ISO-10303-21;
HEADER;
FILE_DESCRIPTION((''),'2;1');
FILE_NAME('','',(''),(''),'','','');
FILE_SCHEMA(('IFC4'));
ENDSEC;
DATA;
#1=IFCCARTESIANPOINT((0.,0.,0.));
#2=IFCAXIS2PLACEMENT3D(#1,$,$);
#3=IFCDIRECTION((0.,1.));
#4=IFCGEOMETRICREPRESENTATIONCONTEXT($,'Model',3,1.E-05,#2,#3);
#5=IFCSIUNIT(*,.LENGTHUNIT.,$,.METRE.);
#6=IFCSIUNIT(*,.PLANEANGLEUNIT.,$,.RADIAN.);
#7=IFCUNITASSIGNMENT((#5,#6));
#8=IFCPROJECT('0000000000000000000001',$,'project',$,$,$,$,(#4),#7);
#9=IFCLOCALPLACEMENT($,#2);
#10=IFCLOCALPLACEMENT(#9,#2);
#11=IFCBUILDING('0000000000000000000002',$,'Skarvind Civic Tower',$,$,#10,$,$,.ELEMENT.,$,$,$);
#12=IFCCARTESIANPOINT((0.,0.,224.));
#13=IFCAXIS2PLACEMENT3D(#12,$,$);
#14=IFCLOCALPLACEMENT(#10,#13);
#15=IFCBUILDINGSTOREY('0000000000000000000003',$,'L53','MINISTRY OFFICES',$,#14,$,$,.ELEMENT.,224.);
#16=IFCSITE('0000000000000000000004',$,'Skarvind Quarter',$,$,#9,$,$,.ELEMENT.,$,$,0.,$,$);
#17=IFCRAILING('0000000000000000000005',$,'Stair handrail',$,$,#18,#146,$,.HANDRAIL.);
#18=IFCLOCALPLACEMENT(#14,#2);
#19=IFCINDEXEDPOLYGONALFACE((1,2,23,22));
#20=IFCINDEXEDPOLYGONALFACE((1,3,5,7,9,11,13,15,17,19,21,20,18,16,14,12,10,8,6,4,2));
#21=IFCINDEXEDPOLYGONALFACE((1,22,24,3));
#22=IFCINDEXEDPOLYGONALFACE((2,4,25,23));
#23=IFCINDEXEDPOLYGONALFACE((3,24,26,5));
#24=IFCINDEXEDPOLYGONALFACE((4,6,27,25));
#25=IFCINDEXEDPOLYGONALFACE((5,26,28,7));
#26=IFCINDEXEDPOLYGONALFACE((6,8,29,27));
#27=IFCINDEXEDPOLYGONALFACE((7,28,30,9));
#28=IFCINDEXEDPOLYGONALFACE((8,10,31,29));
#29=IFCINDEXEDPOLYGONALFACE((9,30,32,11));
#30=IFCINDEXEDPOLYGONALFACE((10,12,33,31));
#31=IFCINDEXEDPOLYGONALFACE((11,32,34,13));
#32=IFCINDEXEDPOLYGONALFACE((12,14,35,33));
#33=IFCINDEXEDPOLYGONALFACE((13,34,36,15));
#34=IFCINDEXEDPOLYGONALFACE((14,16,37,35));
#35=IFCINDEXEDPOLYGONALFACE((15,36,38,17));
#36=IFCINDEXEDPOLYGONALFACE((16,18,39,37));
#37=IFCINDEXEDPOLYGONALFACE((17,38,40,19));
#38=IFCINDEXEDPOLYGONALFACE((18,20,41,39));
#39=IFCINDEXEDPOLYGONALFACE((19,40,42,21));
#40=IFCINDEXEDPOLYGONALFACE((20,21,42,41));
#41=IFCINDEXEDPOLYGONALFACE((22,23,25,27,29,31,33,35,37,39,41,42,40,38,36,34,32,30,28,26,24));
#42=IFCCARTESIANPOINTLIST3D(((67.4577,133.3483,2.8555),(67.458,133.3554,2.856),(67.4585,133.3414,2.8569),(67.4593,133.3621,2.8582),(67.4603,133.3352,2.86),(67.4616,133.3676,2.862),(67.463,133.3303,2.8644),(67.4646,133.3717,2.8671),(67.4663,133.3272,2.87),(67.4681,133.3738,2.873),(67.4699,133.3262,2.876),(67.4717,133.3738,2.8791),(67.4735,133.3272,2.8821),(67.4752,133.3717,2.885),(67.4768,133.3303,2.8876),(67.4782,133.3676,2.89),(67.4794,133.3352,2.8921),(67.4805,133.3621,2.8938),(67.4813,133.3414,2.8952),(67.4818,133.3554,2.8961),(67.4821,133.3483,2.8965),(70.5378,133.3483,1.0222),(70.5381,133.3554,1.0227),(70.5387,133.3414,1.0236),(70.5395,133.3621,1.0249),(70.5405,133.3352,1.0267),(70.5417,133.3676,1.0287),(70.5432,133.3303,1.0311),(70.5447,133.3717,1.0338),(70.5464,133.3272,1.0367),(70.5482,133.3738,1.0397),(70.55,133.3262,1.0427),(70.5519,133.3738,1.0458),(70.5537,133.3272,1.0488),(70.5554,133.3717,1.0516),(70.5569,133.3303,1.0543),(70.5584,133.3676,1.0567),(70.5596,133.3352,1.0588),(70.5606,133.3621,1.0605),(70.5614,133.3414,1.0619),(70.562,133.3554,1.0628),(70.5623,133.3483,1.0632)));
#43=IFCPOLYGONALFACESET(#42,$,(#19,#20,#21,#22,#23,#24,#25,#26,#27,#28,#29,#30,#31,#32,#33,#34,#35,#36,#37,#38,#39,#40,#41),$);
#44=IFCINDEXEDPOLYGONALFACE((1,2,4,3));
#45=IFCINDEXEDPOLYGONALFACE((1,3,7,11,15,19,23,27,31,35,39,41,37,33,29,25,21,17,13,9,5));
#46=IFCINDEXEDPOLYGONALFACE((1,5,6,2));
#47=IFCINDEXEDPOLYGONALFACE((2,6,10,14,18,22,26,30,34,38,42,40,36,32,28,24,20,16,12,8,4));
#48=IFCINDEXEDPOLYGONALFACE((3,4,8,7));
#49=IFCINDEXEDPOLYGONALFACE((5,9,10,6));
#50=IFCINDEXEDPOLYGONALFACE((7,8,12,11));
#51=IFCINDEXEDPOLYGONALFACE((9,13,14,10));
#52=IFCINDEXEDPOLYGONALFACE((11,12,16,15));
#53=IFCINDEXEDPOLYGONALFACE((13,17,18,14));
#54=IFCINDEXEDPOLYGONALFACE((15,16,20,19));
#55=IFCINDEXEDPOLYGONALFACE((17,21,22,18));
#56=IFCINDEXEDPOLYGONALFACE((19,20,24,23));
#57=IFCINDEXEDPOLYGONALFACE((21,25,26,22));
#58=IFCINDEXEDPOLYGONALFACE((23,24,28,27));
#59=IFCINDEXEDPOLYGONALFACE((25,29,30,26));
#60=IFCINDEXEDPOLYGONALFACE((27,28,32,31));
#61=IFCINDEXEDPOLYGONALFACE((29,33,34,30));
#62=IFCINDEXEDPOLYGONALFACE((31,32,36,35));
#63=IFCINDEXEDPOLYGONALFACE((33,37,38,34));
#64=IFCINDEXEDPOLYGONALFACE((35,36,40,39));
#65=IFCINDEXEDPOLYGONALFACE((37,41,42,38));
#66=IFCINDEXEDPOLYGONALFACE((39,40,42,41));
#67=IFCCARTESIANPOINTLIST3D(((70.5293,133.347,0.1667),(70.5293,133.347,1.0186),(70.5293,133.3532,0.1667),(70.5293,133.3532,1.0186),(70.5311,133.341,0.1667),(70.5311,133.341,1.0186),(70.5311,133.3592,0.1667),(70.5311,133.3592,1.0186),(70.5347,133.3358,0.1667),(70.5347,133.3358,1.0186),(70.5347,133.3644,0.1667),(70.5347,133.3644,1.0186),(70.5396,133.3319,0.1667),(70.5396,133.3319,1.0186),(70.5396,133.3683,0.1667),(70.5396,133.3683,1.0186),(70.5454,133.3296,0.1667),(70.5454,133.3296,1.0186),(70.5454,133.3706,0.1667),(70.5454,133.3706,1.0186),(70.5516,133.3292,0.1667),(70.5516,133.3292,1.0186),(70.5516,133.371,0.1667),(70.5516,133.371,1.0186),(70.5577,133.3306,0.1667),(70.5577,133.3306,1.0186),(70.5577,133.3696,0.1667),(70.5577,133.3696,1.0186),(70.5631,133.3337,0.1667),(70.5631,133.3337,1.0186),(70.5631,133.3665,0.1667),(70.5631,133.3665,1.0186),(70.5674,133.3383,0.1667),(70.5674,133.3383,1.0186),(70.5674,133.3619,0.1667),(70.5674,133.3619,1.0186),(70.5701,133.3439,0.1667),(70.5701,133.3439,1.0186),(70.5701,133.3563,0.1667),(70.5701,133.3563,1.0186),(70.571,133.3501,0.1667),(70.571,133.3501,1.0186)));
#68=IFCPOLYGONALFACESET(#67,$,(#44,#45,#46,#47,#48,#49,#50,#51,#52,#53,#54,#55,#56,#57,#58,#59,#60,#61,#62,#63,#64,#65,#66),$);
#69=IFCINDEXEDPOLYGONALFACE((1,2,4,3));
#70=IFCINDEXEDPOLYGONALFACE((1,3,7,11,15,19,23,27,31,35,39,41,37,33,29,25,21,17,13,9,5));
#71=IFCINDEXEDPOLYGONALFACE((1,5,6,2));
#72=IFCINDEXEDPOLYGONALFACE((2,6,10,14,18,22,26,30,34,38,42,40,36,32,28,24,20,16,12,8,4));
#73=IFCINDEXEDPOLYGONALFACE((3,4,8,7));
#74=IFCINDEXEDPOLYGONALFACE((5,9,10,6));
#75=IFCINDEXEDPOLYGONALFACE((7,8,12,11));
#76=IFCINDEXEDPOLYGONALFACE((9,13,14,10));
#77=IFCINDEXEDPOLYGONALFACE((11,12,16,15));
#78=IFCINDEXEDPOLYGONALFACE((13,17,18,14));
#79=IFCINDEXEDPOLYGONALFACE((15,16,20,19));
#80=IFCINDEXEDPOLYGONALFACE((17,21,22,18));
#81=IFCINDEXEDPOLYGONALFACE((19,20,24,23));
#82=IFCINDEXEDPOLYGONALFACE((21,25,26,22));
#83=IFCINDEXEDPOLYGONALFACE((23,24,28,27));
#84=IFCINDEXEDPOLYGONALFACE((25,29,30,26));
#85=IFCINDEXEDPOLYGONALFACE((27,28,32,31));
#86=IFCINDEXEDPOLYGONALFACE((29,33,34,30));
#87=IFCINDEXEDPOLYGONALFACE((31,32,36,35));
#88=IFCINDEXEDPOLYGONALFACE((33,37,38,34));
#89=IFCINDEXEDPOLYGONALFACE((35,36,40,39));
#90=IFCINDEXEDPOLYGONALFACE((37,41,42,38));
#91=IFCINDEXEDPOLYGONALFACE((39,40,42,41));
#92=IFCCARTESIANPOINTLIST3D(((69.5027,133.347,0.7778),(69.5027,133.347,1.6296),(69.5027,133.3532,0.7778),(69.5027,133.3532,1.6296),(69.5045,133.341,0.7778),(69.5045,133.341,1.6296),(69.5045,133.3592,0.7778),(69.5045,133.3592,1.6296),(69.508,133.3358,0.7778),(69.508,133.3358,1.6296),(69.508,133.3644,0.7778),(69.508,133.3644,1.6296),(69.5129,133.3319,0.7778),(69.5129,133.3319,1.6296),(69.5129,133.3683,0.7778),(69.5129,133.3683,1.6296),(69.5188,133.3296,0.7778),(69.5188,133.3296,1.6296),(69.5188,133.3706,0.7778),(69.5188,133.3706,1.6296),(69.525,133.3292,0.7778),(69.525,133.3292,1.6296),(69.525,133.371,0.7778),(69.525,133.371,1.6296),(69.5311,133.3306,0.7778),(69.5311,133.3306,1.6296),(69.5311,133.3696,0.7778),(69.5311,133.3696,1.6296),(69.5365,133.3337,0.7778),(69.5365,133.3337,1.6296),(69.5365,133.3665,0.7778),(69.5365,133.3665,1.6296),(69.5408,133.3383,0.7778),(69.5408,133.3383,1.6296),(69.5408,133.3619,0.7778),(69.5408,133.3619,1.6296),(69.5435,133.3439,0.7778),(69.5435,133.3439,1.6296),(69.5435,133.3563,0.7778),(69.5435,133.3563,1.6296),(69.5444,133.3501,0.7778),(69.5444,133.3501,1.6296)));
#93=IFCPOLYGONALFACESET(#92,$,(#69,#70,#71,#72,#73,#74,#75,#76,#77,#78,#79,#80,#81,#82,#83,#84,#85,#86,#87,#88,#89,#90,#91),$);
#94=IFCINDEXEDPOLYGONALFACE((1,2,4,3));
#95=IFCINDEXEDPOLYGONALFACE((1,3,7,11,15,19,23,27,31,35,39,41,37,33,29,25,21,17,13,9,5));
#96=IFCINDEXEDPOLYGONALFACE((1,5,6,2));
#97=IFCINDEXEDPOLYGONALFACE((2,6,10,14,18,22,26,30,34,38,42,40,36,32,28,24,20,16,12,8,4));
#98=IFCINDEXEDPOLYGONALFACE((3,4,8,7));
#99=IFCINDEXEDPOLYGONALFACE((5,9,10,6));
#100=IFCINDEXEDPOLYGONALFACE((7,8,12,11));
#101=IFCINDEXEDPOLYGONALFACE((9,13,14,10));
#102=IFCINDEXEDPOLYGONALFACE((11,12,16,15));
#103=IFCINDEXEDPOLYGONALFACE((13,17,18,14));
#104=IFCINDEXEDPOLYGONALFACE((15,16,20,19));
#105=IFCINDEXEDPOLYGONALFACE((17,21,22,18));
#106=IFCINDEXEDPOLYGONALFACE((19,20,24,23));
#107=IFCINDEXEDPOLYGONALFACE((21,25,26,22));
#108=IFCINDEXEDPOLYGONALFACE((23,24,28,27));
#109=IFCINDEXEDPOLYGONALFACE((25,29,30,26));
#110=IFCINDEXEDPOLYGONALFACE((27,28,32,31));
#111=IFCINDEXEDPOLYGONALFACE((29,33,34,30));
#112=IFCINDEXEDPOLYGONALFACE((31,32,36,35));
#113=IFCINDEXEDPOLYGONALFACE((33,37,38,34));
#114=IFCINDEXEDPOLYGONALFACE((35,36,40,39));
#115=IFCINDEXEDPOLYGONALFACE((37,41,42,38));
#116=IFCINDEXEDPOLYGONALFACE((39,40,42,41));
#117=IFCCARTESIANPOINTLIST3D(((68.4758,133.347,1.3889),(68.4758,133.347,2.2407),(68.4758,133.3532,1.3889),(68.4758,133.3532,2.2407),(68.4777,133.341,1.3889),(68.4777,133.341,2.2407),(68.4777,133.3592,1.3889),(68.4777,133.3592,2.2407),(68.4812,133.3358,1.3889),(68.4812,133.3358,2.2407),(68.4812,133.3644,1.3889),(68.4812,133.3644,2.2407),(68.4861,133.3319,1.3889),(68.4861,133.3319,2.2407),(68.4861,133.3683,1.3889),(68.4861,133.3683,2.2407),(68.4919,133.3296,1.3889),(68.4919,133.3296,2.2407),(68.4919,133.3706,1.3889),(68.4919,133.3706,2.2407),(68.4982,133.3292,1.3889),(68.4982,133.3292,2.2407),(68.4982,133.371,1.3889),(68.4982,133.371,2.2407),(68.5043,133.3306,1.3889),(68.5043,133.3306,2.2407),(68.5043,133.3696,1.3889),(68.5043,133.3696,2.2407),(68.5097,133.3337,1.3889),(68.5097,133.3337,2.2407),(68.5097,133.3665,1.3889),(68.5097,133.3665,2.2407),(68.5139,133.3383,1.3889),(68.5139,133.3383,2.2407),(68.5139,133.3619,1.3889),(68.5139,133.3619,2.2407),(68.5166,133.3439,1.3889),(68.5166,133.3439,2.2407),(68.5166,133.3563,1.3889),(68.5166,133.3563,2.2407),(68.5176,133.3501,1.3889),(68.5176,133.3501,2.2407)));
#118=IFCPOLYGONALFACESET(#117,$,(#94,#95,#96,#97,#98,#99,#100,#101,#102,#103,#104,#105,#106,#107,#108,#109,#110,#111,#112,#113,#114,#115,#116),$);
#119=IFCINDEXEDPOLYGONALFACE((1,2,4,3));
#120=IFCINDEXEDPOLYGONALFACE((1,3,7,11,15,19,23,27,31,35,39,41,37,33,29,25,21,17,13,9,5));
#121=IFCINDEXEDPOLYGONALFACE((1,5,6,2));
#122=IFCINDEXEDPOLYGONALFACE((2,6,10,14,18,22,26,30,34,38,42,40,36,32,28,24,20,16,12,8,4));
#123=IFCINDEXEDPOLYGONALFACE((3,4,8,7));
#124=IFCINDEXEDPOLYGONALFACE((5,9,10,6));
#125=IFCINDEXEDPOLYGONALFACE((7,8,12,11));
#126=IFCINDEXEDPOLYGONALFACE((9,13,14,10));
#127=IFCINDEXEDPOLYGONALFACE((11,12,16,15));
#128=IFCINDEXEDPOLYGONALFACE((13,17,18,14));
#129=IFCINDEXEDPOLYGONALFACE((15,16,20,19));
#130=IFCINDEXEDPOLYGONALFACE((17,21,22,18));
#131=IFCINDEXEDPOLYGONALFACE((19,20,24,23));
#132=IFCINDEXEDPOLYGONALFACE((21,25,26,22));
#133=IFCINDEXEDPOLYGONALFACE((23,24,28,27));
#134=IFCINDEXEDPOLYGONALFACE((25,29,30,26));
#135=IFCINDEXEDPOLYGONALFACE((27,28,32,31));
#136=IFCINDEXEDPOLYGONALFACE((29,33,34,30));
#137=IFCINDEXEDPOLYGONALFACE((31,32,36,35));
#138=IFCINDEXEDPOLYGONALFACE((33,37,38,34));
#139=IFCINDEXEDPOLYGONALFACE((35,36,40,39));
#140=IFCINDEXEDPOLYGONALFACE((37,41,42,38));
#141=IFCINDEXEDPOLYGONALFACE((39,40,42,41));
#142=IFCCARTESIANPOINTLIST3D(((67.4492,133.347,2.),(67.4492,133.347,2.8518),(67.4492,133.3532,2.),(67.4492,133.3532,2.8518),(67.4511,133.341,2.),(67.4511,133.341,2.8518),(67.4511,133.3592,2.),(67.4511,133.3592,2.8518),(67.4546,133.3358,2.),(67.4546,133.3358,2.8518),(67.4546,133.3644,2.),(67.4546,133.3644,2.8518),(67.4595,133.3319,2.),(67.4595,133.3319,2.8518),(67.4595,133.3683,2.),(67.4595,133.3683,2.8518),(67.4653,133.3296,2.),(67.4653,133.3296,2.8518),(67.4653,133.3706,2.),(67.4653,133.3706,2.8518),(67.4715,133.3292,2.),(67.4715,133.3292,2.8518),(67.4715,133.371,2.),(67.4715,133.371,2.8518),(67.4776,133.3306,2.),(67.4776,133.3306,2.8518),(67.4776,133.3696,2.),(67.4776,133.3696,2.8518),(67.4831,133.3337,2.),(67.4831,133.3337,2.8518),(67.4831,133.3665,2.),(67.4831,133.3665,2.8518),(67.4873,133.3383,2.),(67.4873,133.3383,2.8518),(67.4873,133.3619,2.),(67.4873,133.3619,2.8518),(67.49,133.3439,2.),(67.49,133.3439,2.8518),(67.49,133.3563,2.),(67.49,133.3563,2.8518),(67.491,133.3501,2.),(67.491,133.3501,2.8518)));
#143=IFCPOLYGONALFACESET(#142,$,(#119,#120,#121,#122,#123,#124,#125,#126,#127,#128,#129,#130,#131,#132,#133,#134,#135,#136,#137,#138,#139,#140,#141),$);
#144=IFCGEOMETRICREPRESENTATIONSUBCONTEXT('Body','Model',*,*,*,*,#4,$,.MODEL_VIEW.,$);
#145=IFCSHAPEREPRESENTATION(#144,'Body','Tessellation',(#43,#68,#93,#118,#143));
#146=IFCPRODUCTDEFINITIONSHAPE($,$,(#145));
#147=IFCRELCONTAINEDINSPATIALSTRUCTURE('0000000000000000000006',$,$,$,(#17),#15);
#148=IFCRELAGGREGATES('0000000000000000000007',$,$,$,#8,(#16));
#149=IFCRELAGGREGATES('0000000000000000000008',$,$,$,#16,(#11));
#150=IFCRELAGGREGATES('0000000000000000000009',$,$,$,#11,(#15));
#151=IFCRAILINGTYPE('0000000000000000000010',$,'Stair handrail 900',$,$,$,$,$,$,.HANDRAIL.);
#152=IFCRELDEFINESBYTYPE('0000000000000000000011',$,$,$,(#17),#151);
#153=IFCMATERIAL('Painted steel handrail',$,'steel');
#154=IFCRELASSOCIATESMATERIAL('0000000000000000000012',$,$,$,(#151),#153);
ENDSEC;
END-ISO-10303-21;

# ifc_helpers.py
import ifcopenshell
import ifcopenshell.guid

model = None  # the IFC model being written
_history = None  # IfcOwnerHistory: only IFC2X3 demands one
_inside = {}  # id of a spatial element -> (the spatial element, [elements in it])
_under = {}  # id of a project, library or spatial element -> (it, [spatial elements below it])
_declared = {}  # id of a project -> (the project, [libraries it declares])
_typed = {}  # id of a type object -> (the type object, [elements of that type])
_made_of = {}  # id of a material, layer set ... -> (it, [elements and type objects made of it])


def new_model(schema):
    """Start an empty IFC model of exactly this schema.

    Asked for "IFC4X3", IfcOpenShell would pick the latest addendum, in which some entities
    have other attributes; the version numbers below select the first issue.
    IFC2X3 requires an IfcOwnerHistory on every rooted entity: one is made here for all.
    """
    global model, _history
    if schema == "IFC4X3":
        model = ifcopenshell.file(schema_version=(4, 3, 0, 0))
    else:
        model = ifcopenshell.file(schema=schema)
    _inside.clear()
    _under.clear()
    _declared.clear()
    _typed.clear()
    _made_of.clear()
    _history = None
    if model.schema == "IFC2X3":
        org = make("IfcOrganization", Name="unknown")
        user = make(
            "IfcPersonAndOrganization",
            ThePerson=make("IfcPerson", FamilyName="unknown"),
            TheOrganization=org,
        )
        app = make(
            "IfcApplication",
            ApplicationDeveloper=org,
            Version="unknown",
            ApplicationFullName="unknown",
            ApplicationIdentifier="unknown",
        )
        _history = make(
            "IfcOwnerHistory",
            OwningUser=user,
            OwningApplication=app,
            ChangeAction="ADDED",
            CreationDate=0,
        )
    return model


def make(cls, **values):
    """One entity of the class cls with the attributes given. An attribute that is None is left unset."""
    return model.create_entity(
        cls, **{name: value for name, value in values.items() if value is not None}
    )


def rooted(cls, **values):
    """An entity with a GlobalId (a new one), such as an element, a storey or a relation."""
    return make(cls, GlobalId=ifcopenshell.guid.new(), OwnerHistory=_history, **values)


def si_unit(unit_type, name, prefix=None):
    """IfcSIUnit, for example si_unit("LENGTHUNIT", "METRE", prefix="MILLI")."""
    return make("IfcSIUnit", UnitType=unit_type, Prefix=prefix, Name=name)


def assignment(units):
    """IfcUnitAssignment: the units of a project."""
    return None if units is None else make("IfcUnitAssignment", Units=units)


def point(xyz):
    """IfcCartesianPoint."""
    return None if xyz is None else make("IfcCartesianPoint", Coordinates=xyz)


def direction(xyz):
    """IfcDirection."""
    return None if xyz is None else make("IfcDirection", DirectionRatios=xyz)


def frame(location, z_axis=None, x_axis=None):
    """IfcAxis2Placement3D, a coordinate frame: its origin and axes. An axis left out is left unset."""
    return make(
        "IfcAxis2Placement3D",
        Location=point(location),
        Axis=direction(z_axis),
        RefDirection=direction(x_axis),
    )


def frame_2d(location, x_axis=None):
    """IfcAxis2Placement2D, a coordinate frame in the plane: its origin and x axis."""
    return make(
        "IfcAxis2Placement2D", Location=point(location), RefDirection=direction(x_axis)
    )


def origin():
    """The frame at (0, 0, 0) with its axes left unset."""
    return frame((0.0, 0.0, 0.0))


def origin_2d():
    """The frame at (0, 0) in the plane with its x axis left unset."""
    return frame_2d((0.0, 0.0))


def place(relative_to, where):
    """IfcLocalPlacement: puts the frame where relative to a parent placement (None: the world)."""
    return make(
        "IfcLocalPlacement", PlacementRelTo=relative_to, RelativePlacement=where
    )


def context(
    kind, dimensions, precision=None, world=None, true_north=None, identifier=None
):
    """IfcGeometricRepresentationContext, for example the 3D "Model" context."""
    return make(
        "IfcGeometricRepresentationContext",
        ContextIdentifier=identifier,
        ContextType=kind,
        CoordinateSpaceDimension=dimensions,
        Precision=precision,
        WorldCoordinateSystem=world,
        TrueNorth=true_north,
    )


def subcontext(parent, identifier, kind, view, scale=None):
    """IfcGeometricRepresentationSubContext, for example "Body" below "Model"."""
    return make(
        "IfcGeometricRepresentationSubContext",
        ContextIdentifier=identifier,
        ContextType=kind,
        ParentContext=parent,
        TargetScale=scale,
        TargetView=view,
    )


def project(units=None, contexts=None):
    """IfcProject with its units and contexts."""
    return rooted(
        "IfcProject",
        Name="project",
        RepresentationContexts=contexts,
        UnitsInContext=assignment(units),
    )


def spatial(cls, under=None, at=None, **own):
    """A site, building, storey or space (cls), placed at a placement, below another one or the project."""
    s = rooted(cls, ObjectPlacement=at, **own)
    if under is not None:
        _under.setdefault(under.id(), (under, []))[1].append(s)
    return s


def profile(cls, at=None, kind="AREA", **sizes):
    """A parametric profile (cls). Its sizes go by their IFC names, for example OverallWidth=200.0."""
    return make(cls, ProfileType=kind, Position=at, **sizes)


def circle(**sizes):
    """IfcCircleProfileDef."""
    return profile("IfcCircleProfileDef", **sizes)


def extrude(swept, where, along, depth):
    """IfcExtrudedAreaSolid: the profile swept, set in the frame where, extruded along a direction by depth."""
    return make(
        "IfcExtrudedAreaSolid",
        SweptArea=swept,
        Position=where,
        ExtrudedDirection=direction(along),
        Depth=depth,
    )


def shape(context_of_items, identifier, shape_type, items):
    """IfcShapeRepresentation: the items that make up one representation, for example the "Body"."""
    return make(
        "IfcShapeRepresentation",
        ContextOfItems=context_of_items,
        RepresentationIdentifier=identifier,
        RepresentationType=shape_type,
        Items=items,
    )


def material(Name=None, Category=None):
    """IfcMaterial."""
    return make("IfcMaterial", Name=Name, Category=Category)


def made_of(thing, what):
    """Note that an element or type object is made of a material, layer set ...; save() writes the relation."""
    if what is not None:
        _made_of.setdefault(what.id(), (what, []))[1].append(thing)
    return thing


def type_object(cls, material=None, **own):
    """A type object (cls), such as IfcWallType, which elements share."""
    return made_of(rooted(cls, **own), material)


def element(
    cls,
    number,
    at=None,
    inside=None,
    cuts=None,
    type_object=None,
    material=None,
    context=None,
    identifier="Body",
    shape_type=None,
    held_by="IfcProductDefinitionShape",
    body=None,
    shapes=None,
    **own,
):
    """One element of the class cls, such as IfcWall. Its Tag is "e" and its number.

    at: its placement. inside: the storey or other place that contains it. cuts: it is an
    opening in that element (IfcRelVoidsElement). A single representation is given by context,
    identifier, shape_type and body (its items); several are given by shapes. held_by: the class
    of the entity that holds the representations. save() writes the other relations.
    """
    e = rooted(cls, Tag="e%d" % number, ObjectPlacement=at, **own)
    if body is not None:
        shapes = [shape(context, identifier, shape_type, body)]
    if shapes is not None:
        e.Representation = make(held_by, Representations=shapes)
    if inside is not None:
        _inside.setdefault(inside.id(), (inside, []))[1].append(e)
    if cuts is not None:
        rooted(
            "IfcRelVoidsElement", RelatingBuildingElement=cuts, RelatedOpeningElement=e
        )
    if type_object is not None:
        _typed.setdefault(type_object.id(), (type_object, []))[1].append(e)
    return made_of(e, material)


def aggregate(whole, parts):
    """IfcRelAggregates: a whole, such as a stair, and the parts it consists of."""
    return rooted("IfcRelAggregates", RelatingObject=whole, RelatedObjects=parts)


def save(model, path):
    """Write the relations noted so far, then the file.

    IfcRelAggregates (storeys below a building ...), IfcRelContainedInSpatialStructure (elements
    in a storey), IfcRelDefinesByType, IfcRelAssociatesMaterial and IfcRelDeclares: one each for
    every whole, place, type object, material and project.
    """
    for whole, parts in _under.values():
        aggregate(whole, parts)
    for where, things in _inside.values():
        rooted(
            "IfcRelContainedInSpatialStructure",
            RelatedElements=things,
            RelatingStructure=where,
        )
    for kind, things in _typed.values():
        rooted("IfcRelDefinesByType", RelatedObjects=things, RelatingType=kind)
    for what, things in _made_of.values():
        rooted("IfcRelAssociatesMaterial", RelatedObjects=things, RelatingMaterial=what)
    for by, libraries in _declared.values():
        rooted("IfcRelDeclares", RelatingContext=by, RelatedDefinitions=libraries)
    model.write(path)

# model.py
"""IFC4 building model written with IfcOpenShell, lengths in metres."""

from ifc_helpers import new_model, si_unit, direction, frame, origin, origin_2d, place, context, subcontext, project, spatial, circle, extrude, material, type_object, element, save


model = new_model("IFC4")

# Units and contexts
model_context = context("Model", 3, precision=1e-05, world=origin(), true_north=direction((0.0, 1.0)))
body_context = subcontext(model_context, "Body", "Model", "MODEL_VIEW")
ifc_project = project(units=[si_unit("LENGTHUNIT", "METRE"), si_unit("PLANEANGLEUNIT", "RADIAN")], contexts=[model_context])

# Site, building, storey
site_placement = place(None, origin())
site = spatial("IfcSite", under=ifc_project, at=site_placement, Name="Skarvind Quarter", CompositionType="ELEMENT", RefElevation=0.0)
building_placement = place(site_placement, origin())
building = spatial("IfcBuilding", under=site, at=building_placement, Name="Skarvind Civic Tower", CompositionType="ELEMENT")
storey_placement = place(building_placement, frame((0.0, 0.0, 224.0)))
storey = spatial("IfcBuildingStorey", under=building, at=storey_placement, Name="L53", Description="MINISTRY OFFICES", CompositionType="ELEMENT", Elevation=224.0)

# Railing
ifc_material_1 = material(Name="Painted steel handrail", Category="steel")
railing_type = type_object("IfcRailingType", Name="Stair handrail 900", PredefinedType="HANDRAIL", material=ifc_material_1)
railing_1_placement = place(storey_placement, frame((70.55, 133.3501, 0.1667)))
element("IfcRailing", 1, at=railing_1_placement, inside=storey, type_object=railing_type, Name="Stair handrail", PredefinedType="HANDRAIL", context=body_context, shape_type="SweptSolid", body=[
    extrude(circle(Radius=0.0239, at=origin_2d()), frame((0.0, 0.0, 0.876), z_axis=(-0.859309, 0.0, 0.511458), x_axis=(0.0, -1.0, 0.0)), (0.0, 0.0, 1.0), 3.5845),
    extrude(circle(Radius=0.021, at=origin_2d()), origin(), (0.0, 0.0, 1.0), 0.8518),
    extrude(circle(Radius=0.021, at=origin_2d()), frame((-1.0266, 0.0, 0.6111)), (0.0, 0.0, 1.0), 0.8518),
    extrude(circle(Radius=0.021, at=origin_2d()), frame((-2.0535, 0.0, 1.2222)), (0.0, 0.0, 1.0), 0.8518),
    extrude(circle(Radius=0.021, at=origin_2d()), frame((-3.0801, 0.0, 1.8333)), (0.0, 0.0, 1.0), 0.8518),
])

save(model, "model.ifc")
